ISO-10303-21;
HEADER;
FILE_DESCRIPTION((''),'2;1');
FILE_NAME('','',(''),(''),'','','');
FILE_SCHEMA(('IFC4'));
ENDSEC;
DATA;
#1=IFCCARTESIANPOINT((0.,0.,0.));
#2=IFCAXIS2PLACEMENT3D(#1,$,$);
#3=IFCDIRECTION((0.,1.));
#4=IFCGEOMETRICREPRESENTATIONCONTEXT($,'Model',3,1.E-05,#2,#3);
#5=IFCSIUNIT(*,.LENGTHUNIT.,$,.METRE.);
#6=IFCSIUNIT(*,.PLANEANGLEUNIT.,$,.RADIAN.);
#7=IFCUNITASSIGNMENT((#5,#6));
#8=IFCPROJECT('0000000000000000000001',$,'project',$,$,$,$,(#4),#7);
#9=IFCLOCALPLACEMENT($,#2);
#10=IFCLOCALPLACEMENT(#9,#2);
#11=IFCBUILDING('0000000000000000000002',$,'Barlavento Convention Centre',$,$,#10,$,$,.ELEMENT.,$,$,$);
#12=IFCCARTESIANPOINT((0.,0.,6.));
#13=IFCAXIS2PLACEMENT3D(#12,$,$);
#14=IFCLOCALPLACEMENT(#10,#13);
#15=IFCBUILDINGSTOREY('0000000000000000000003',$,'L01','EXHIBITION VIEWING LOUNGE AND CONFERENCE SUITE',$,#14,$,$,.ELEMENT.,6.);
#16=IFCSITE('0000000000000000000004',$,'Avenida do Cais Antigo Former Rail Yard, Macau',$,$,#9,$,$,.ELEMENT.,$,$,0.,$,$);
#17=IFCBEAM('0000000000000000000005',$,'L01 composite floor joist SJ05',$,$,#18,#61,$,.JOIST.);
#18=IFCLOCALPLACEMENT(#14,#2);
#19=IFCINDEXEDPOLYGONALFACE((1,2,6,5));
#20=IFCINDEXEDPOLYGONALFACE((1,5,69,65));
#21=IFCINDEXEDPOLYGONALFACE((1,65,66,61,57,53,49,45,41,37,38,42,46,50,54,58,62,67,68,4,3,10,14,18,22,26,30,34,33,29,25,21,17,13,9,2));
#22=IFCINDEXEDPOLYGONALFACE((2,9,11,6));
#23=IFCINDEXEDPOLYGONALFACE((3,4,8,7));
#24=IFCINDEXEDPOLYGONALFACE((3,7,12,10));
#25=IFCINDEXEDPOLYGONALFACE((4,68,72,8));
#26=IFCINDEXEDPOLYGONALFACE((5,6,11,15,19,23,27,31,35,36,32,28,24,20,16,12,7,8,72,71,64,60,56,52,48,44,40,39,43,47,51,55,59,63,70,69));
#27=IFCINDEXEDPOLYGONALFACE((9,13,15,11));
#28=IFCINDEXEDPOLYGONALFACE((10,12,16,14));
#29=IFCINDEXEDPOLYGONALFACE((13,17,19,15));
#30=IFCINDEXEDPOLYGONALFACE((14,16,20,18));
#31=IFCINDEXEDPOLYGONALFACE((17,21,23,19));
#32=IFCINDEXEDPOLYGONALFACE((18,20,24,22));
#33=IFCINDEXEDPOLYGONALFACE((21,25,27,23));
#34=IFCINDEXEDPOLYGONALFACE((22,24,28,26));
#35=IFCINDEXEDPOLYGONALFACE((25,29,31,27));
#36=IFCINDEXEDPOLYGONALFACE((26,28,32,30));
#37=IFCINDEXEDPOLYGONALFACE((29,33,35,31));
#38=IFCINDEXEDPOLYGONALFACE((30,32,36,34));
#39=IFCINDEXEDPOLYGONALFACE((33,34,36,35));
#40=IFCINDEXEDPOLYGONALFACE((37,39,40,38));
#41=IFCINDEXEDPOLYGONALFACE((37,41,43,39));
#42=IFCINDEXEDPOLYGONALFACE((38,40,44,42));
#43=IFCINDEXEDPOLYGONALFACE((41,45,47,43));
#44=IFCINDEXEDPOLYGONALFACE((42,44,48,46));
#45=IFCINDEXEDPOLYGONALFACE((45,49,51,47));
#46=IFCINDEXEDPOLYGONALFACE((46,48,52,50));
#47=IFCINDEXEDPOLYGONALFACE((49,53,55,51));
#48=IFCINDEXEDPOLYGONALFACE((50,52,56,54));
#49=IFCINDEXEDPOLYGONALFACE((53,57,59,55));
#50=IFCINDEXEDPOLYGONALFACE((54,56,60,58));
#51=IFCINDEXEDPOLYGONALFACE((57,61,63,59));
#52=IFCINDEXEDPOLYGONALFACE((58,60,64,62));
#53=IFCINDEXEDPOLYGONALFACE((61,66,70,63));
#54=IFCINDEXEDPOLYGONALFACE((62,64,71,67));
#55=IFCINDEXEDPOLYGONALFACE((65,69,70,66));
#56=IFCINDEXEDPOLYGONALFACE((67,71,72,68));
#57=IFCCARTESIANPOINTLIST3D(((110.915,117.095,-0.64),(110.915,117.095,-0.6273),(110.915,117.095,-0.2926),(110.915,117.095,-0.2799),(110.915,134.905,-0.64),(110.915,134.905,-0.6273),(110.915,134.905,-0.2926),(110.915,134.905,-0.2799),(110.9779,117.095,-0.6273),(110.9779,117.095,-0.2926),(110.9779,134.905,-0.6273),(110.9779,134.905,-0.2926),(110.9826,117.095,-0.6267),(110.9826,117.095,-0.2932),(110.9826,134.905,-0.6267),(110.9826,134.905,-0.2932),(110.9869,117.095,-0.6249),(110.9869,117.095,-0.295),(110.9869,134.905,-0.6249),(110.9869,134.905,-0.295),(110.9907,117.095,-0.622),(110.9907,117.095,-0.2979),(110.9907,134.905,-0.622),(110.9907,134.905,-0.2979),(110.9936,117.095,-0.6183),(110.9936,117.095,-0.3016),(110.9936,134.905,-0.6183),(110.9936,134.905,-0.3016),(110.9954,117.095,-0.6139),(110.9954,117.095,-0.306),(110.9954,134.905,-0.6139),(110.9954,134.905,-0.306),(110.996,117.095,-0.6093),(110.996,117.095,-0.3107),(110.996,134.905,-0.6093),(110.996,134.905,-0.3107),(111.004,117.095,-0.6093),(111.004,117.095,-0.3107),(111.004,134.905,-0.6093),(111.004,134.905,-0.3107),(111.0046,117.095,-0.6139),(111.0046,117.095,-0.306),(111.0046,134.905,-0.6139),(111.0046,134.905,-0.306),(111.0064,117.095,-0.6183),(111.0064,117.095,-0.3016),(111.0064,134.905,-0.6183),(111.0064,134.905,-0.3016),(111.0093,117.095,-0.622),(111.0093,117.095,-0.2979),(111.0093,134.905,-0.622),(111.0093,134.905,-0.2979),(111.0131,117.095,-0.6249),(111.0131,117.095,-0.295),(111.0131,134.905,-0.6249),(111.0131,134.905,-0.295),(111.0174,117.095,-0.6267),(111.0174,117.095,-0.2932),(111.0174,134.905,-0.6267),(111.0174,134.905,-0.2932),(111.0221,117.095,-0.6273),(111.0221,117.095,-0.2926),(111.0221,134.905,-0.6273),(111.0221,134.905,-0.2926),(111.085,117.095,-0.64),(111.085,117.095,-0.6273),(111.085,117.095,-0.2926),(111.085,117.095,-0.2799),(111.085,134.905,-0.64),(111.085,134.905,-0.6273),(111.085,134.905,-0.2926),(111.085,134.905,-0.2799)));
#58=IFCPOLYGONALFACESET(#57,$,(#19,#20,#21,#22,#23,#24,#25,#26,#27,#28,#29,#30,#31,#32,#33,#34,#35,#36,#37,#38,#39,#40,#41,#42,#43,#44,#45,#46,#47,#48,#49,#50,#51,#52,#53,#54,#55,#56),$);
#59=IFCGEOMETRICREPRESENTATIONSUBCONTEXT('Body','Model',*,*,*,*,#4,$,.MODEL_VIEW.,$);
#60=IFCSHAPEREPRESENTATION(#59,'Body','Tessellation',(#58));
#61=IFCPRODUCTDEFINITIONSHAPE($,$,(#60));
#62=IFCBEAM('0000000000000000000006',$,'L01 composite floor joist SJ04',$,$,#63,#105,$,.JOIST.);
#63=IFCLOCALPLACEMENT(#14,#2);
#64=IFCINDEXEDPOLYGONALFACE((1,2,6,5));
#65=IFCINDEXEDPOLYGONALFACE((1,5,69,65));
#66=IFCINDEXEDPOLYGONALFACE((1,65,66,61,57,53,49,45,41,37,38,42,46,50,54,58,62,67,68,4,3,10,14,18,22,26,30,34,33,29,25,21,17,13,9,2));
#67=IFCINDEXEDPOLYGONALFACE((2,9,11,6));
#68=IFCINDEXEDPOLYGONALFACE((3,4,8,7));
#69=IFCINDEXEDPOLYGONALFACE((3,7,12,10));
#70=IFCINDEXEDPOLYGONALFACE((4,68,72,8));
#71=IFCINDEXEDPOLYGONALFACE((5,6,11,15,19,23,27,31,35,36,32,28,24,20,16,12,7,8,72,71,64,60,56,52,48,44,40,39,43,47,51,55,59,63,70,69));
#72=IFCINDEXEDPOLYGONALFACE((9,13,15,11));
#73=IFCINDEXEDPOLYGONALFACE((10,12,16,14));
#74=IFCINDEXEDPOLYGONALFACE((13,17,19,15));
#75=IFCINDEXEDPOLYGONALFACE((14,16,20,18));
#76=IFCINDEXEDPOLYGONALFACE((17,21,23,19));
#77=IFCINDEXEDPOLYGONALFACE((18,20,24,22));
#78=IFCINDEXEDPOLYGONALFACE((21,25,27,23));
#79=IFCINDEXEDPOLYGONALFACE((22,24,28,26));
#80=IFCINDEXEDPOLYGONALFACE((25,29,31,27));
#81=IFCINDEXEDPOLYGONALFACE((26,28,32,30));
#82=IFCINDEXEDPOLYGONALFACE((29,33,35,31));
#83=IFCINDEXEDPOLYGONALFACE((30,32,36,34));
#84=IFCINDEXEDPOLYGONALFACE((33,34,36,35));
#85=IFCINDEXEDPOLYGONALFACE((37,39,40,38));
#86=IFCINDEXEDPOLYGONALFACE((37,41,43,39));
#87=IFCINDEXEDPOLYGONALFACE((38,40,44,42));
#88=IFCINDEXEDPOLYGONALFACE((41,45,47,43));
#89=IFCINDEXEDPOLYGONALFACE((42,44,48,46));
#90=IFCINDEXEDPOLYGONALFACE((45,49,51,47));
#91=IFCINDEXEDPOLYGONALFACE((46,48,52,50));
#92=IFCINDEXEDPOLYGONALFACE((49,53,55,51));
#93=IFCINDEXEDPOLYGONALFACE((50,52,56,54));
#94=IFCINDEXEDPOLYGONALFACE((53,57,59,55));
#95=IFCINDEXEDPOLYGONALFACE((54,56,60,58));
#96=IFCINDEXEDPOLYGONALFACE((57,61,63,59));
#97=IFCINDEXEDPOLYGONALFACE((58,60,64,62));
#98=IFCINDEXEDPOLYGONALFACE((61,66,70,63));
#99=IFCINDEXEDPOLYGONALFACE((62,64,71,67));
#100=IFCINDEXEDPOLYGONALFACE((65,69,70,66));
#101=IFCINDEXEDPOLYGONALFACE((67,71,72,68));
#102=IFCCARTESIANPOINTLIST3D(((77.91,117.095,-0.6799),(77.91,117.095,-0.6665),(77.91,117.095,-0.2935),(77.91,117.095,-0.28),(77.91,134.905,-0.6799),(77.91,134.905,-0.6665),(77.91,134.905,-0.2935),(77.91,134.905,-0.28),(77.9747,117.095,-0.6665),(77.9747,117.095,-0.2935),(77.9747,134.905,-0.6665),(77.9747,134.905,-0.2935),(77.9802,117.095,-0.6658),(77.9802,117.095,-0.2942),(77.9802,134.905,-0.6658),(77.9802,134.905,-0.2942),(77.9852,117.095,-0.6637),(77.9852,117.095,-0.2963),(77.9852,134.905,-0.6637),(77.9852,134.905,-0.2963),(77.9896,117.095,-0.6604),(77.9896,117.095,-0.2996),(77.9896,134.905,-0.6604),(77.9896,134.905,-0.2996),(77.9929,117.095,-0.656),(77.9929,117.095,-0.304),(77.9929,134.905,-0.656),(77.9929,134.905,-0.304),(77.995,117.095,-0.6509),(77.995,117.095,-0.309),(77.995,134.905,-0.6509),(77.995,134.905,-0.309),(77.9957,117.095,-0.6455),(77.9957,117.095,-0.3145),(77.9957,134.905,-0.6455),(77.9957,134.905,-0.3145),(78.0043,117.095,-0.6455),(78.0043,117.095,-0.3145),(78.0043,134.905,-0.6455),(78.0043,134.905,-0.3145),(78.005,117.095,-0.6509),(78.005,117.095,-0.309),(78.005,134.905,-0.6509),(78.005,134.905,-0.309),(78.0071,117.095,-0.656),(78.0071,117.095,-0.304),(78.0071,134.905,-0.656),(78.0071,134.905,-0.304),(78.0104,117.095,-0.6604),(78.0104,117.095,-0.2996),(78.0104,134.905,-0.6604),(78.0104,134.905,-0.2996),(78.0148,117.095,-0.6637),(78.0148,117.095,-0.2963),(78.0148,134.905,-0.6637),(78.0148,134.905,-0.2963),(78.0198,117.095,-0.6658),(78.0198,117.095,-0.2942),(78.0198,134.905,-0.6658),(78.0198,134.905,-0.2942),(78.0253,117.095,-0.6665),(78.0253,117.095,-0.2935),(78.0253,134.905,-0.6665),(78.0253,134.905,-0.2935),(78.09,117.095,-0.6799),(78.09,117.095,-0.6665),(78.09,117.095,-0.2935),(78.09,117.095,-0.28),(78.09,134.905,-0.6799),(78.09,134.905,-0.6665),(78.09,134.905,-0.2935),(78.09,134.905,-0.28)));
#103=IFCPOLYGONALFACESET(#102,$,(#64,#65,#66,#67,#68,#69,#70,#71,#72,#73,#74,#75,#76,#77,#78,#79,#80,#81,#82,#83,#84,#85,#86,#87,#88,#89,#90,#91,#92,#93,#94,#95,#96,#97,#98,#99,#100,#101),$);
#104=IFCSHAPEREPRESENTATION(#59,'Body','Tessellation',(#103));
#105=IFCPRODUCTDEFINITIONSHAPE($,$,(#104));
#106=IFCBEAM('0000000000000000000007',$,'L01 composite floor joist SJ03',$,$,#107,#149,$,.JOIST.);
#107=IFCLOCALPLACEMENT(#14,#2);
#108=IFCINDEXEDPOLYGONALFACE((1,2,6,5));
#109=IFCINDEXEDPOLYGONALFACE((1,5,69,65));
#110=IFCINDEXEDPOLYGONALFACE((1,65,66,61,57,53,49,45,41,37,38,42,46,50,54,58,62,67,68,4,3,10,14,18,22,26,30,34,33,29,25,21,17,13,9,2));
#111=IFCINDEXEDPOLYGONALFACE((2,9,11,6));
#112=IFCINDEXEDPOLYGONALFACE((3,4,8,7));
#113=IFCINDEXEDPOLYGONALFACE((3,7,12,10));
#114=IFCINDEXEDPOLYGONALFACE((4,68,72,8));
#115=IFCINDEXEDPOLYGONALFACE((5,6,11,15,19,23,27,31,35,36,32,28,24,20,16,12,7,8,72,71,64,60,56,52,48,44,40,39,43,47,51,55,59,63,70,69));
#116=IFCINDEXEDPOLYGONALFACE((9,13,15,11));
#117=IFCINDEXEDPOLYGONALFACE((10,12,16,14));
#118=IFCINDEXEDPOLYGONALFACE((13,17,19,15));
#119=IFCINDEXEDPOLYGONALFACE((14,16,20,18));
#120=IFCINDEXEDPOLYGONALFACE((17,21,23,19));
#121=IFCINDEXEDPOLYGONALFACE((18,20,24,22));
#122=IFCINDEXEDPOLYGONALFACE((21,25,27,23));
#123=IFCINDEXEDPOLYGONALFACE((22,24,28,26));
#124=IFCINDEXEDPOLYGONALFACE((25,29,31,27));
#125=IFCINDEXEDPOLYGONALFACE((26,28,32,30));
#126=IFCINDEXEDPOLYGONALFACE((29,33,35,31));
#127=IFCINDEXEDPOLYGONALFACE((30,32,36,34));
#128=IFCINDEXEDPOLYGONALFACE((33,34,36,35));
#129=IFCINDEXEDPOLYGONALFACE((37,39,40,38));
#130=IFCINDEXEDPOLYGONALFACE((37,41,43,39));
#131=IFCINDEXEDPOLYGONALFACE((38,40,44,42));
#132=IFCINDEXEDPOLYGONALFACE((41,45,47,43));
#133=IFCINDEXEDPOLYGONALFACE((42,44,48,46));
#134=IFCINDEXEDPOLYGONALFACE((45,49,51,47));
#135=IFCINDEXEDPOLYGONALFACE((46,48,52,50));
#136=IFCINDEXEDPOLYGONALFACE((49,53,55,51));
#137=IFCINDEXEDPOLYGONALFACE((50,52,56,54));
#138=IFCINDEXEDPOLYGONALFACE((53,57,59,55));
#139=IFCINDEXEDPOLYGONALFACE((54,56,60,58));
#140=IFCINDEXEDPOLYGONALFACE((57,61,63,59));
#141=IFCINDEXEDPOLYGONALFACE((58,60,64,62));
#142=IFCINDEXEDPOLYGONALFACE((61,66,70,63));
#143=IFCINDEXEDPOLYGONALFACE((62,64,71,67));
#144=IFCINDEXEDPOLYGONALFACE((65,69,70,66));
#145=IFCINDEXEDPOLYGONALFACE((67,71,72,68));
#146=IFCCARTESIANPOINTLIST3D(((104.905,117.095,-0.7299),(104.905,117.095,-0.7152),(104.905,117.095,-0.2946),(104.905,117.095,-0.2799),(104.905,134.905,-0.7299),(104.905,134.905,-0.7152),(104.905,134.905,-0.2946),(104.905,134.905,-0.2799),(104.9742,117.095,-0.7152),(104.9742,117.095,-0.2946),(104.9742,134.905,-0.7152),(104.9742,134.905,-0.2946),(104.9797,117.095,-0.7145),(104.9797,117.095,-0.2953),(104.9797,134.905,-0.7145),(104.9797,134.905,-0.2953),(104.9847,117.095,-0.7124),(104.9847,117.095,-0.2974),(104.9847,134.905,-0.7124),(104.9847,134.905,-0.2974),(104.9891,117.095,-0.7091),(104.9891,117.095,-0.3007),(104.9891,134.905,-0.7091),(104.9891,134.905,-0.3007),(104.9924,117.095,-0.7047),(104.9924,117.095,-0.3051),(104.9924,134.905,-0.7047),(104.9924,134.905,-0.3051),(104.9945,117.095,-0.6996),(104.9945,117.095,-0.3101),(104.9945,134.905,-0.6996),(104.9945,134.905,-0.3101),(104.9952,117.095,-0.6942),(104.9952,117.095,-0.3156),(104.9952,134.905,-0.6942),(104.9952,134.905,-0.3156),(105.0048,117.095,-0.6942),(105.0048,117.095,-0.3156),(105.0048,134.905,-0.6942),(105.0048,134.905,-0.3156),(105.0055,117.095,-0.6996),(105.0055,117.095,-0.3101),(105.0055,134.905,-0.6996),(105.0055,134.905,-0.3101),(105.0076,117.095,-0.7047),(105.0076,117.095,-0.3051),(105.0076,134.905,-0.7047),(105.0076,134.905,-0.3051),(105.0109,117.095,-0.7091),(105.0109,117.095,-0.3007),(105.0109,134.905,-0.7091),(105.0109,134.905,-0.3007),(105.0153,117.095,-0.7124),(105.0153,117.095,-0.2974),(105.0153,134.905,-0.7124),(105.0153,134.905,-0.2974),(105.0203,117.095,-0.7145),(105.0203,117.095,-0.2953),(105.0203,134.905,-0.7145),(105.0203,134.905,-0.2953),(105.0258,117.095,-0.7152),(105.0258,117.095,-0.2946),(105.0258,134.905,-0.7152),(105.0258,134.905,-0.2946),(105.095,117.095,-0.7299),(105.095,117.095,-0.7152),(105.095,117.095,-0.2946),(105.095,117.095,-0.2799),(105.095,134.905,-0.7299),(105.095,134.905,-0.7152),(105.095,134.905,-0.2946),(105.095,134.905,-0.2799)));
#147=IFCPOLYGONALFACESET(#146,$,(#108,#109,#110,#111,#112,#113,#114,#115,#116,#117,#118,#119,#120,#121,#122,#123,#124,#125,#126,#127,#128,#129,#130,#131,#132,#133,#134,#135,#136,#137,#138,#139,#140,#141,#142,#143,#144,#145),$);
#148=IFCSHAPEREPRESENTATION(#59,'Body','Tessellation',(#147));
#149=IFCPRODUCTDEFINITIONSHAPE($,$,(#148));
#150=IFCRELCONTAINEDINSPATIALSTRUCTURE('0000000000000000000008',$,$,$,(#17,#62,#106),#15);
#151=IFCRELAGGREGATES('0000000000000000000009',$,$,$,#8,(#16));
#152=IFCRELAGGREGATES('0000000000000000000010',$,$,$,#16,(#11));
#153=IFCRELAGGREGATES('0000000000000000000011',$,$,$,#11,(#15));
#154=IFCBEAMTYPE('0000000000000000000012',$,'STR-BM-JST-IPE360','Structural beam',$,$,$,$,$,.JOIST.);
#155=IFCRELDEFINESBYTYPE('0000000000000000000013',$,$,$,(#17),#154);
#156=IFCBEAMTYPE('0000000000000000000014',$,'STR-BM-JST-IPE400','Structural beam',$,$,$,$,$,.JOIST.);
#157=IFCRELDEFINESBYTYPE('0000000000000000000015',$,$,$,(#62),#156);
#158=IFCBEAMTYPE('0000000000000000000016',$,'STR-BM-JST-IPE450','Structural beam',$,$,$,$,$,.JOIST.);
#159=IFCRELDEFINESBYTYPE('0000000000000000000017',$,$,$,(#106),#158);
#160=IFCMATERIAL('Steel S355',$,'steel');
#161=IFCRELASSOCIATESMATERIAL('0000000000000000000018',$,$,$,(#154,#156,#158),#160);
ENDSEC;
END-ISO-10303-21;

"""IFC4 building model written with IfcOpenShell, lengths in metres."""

from ifc_helpers import new_model, si_unit, direction, frame, origin, origin_2d, place, context, subcontext, project, spatial, i_section, extrude, material, material_profile, profile_set, type_object, element, save


model = new_model("IFC4")

# Units and contexts
model_context = context("Model", 3, precision=1e-05, world=origin(), true_north=direction((0.0, 1.0)))
body_context = subcontext(model_context, "Body", "Model", "MODEL_VIEW")
ifc_project = project(units=[si_unit("LENGTHUNIT", "METRE"), si_unit("PLANEANGLEUNIT", "RADIAN")], contexts=[model_context])

# Site, building, storey
site_placement = place(None, origin())
site = spatial("IfcSite", under=ifc_project, at=site_placement, Name="Avenida do Cais Antigo Former Rail Yard, Macau", CompositionType="ELEMENT", RefElevation=0.0)
building_placement = place(site_placement, origin())
building = spatial("IfcBuilding", under=site, at=building_placement, Name="Barlavento Convention Centre", CompositionType="ELEMENT")
storey_placement = place(building_placement, frame((0.0, 0.0, 6.0)))
storey = spatial("IfcBuildingStorey", under=building, at=storey_placement, Name="L01", Description="EXHIBITION VIEWING LOUNGE AND CONFERENCE SUITE", CompositionType="ELEMENT", Elevation=6.0)

# Beams
ifc_material_1 = material(Name="Steel S355", Category="steel")
ifc_material_profile_1 = material_profile(ifc_material_1, i_section(OverallWidth=0.1699, OverallDepth=0.3601, WebThickness=0.0081, FlangeThickness=0.0127, FilletRadius=0.0181, at=origin_2d()), Name="IPE 360")
ifc_profile_set_1 = profile_set([ifc_material_profile_1], Name="Steel S355")
beam_type_1 = type_object("IfcBeamType", Name="STR-BM-JST-IPE360", Description="Structural beam", PredefinedType="JOIST", material=ifc_profile_set_1)
beam_1_placement = place(storey_placement, frame((111.0, 117.095, -0.46), z_axis=(0.0, 1.0, 0.0), x_axis=(-1.0, 0.0, 0.0)))
element("IfcBeam", 1, at=beam_1_placement, inside=storey, type_object=beam_type_1, Name="L01 composite floor joist SJ05", PredefinedType="JOIST", context=body_context, shape_type="SweptSolid", body=[
    extrude(i_section(OverallWidth=0.1699, OverallDepth=0.3601, WebThickness=0.0081, FlangeThickness=0.0127, FilletRadius=0.0181, at=origin_2d()), origin(), (0.0, 0.0, 1.0), 17.8101),
])
ifc_material_profile_2 = material_profile(ifc_material_1, i_section(OverallWidth=0.1799, OverallDepth=0.3999, WebThickness=0.0085, FlangeThickness=0.0134, FilletRadius=0.021, at=origin_2d()), Name="IPE 400")
ifc_profile_set_2 = profile_set([ifc_material_profile_2], Name="Steel S355")
beam_type_2 = type_object("IfcBeamType", Name="STR-BM-JST-IPE400", Description="Structural beam", PredefinedType="JOIST", material=ifc_profile_set_2)
beam_2_placement = place(storey_placement, frame((78.0, 117.095, -0.48), z_axis=(0.0, 1.0, 0.0), x_axis=(-1.0, 0.0, 0.0)))
element("IfcBeam", 2, at=beam_2_placement, inside=storey, type_object=beam_type_2, Name="L01 composite floor joist SJ04", PredefinedType="JOIST", context=body_context, shape_type="SweptSolid", body=[
    extrude(i_section(OverallWidth=0.1799, OverallDepth=0.3999, WebThickness=0.0085, FlangeThickness=0.0134, FilletRadius=0.021, at=origin_2d()), origin(), (0.0, 0.0, 1.0), 17.8101),
])
ifc_material_profile_3 = material_profile(ifc_material_1, i_section(OverallWidth=0.1899, OverallDepth=0.45, WebThickness=0.0095, FlangeThickness=0.0146, FilletRadius=0.021, at=origin_2d()), Name="IPE 450")
ifc_profile_set_3 = profile_set([ifc_material_profile_3], Name="Steel S355")
beam_type_3 = type_object("IfcBeamType", Name="STR-BM-JST-IPE450", Description="Structural beam", PredefinedType="JOIST", material=ifc_profile_set_3)
beam_3_placement = place(storey_placement, frame((105.0, 117.095, -0.5049), z_axis=(0.0, 1.0, 0.0), x_axis=(-1.0, 0.0, 0.0)))
element("IfcBeam", 3, at=beam_3_placement, inside=storey, type_object=beam_type_3, Name="L01 composite floor joist SJ03", PredefinedType="JOIST", context=body_context, shape_type="SweptSolid", body=[
    extrude(i_section(OverallWidth=0.1899, OverallDepth=0.45, WebThickness=0.0095, FlangeThickness=0.0146, FilletRadius=0.021, at=origin_2d()), origin(), (0.0, 0.0, 1.0), 17.8101),
])

save(model, "model.ifc")
